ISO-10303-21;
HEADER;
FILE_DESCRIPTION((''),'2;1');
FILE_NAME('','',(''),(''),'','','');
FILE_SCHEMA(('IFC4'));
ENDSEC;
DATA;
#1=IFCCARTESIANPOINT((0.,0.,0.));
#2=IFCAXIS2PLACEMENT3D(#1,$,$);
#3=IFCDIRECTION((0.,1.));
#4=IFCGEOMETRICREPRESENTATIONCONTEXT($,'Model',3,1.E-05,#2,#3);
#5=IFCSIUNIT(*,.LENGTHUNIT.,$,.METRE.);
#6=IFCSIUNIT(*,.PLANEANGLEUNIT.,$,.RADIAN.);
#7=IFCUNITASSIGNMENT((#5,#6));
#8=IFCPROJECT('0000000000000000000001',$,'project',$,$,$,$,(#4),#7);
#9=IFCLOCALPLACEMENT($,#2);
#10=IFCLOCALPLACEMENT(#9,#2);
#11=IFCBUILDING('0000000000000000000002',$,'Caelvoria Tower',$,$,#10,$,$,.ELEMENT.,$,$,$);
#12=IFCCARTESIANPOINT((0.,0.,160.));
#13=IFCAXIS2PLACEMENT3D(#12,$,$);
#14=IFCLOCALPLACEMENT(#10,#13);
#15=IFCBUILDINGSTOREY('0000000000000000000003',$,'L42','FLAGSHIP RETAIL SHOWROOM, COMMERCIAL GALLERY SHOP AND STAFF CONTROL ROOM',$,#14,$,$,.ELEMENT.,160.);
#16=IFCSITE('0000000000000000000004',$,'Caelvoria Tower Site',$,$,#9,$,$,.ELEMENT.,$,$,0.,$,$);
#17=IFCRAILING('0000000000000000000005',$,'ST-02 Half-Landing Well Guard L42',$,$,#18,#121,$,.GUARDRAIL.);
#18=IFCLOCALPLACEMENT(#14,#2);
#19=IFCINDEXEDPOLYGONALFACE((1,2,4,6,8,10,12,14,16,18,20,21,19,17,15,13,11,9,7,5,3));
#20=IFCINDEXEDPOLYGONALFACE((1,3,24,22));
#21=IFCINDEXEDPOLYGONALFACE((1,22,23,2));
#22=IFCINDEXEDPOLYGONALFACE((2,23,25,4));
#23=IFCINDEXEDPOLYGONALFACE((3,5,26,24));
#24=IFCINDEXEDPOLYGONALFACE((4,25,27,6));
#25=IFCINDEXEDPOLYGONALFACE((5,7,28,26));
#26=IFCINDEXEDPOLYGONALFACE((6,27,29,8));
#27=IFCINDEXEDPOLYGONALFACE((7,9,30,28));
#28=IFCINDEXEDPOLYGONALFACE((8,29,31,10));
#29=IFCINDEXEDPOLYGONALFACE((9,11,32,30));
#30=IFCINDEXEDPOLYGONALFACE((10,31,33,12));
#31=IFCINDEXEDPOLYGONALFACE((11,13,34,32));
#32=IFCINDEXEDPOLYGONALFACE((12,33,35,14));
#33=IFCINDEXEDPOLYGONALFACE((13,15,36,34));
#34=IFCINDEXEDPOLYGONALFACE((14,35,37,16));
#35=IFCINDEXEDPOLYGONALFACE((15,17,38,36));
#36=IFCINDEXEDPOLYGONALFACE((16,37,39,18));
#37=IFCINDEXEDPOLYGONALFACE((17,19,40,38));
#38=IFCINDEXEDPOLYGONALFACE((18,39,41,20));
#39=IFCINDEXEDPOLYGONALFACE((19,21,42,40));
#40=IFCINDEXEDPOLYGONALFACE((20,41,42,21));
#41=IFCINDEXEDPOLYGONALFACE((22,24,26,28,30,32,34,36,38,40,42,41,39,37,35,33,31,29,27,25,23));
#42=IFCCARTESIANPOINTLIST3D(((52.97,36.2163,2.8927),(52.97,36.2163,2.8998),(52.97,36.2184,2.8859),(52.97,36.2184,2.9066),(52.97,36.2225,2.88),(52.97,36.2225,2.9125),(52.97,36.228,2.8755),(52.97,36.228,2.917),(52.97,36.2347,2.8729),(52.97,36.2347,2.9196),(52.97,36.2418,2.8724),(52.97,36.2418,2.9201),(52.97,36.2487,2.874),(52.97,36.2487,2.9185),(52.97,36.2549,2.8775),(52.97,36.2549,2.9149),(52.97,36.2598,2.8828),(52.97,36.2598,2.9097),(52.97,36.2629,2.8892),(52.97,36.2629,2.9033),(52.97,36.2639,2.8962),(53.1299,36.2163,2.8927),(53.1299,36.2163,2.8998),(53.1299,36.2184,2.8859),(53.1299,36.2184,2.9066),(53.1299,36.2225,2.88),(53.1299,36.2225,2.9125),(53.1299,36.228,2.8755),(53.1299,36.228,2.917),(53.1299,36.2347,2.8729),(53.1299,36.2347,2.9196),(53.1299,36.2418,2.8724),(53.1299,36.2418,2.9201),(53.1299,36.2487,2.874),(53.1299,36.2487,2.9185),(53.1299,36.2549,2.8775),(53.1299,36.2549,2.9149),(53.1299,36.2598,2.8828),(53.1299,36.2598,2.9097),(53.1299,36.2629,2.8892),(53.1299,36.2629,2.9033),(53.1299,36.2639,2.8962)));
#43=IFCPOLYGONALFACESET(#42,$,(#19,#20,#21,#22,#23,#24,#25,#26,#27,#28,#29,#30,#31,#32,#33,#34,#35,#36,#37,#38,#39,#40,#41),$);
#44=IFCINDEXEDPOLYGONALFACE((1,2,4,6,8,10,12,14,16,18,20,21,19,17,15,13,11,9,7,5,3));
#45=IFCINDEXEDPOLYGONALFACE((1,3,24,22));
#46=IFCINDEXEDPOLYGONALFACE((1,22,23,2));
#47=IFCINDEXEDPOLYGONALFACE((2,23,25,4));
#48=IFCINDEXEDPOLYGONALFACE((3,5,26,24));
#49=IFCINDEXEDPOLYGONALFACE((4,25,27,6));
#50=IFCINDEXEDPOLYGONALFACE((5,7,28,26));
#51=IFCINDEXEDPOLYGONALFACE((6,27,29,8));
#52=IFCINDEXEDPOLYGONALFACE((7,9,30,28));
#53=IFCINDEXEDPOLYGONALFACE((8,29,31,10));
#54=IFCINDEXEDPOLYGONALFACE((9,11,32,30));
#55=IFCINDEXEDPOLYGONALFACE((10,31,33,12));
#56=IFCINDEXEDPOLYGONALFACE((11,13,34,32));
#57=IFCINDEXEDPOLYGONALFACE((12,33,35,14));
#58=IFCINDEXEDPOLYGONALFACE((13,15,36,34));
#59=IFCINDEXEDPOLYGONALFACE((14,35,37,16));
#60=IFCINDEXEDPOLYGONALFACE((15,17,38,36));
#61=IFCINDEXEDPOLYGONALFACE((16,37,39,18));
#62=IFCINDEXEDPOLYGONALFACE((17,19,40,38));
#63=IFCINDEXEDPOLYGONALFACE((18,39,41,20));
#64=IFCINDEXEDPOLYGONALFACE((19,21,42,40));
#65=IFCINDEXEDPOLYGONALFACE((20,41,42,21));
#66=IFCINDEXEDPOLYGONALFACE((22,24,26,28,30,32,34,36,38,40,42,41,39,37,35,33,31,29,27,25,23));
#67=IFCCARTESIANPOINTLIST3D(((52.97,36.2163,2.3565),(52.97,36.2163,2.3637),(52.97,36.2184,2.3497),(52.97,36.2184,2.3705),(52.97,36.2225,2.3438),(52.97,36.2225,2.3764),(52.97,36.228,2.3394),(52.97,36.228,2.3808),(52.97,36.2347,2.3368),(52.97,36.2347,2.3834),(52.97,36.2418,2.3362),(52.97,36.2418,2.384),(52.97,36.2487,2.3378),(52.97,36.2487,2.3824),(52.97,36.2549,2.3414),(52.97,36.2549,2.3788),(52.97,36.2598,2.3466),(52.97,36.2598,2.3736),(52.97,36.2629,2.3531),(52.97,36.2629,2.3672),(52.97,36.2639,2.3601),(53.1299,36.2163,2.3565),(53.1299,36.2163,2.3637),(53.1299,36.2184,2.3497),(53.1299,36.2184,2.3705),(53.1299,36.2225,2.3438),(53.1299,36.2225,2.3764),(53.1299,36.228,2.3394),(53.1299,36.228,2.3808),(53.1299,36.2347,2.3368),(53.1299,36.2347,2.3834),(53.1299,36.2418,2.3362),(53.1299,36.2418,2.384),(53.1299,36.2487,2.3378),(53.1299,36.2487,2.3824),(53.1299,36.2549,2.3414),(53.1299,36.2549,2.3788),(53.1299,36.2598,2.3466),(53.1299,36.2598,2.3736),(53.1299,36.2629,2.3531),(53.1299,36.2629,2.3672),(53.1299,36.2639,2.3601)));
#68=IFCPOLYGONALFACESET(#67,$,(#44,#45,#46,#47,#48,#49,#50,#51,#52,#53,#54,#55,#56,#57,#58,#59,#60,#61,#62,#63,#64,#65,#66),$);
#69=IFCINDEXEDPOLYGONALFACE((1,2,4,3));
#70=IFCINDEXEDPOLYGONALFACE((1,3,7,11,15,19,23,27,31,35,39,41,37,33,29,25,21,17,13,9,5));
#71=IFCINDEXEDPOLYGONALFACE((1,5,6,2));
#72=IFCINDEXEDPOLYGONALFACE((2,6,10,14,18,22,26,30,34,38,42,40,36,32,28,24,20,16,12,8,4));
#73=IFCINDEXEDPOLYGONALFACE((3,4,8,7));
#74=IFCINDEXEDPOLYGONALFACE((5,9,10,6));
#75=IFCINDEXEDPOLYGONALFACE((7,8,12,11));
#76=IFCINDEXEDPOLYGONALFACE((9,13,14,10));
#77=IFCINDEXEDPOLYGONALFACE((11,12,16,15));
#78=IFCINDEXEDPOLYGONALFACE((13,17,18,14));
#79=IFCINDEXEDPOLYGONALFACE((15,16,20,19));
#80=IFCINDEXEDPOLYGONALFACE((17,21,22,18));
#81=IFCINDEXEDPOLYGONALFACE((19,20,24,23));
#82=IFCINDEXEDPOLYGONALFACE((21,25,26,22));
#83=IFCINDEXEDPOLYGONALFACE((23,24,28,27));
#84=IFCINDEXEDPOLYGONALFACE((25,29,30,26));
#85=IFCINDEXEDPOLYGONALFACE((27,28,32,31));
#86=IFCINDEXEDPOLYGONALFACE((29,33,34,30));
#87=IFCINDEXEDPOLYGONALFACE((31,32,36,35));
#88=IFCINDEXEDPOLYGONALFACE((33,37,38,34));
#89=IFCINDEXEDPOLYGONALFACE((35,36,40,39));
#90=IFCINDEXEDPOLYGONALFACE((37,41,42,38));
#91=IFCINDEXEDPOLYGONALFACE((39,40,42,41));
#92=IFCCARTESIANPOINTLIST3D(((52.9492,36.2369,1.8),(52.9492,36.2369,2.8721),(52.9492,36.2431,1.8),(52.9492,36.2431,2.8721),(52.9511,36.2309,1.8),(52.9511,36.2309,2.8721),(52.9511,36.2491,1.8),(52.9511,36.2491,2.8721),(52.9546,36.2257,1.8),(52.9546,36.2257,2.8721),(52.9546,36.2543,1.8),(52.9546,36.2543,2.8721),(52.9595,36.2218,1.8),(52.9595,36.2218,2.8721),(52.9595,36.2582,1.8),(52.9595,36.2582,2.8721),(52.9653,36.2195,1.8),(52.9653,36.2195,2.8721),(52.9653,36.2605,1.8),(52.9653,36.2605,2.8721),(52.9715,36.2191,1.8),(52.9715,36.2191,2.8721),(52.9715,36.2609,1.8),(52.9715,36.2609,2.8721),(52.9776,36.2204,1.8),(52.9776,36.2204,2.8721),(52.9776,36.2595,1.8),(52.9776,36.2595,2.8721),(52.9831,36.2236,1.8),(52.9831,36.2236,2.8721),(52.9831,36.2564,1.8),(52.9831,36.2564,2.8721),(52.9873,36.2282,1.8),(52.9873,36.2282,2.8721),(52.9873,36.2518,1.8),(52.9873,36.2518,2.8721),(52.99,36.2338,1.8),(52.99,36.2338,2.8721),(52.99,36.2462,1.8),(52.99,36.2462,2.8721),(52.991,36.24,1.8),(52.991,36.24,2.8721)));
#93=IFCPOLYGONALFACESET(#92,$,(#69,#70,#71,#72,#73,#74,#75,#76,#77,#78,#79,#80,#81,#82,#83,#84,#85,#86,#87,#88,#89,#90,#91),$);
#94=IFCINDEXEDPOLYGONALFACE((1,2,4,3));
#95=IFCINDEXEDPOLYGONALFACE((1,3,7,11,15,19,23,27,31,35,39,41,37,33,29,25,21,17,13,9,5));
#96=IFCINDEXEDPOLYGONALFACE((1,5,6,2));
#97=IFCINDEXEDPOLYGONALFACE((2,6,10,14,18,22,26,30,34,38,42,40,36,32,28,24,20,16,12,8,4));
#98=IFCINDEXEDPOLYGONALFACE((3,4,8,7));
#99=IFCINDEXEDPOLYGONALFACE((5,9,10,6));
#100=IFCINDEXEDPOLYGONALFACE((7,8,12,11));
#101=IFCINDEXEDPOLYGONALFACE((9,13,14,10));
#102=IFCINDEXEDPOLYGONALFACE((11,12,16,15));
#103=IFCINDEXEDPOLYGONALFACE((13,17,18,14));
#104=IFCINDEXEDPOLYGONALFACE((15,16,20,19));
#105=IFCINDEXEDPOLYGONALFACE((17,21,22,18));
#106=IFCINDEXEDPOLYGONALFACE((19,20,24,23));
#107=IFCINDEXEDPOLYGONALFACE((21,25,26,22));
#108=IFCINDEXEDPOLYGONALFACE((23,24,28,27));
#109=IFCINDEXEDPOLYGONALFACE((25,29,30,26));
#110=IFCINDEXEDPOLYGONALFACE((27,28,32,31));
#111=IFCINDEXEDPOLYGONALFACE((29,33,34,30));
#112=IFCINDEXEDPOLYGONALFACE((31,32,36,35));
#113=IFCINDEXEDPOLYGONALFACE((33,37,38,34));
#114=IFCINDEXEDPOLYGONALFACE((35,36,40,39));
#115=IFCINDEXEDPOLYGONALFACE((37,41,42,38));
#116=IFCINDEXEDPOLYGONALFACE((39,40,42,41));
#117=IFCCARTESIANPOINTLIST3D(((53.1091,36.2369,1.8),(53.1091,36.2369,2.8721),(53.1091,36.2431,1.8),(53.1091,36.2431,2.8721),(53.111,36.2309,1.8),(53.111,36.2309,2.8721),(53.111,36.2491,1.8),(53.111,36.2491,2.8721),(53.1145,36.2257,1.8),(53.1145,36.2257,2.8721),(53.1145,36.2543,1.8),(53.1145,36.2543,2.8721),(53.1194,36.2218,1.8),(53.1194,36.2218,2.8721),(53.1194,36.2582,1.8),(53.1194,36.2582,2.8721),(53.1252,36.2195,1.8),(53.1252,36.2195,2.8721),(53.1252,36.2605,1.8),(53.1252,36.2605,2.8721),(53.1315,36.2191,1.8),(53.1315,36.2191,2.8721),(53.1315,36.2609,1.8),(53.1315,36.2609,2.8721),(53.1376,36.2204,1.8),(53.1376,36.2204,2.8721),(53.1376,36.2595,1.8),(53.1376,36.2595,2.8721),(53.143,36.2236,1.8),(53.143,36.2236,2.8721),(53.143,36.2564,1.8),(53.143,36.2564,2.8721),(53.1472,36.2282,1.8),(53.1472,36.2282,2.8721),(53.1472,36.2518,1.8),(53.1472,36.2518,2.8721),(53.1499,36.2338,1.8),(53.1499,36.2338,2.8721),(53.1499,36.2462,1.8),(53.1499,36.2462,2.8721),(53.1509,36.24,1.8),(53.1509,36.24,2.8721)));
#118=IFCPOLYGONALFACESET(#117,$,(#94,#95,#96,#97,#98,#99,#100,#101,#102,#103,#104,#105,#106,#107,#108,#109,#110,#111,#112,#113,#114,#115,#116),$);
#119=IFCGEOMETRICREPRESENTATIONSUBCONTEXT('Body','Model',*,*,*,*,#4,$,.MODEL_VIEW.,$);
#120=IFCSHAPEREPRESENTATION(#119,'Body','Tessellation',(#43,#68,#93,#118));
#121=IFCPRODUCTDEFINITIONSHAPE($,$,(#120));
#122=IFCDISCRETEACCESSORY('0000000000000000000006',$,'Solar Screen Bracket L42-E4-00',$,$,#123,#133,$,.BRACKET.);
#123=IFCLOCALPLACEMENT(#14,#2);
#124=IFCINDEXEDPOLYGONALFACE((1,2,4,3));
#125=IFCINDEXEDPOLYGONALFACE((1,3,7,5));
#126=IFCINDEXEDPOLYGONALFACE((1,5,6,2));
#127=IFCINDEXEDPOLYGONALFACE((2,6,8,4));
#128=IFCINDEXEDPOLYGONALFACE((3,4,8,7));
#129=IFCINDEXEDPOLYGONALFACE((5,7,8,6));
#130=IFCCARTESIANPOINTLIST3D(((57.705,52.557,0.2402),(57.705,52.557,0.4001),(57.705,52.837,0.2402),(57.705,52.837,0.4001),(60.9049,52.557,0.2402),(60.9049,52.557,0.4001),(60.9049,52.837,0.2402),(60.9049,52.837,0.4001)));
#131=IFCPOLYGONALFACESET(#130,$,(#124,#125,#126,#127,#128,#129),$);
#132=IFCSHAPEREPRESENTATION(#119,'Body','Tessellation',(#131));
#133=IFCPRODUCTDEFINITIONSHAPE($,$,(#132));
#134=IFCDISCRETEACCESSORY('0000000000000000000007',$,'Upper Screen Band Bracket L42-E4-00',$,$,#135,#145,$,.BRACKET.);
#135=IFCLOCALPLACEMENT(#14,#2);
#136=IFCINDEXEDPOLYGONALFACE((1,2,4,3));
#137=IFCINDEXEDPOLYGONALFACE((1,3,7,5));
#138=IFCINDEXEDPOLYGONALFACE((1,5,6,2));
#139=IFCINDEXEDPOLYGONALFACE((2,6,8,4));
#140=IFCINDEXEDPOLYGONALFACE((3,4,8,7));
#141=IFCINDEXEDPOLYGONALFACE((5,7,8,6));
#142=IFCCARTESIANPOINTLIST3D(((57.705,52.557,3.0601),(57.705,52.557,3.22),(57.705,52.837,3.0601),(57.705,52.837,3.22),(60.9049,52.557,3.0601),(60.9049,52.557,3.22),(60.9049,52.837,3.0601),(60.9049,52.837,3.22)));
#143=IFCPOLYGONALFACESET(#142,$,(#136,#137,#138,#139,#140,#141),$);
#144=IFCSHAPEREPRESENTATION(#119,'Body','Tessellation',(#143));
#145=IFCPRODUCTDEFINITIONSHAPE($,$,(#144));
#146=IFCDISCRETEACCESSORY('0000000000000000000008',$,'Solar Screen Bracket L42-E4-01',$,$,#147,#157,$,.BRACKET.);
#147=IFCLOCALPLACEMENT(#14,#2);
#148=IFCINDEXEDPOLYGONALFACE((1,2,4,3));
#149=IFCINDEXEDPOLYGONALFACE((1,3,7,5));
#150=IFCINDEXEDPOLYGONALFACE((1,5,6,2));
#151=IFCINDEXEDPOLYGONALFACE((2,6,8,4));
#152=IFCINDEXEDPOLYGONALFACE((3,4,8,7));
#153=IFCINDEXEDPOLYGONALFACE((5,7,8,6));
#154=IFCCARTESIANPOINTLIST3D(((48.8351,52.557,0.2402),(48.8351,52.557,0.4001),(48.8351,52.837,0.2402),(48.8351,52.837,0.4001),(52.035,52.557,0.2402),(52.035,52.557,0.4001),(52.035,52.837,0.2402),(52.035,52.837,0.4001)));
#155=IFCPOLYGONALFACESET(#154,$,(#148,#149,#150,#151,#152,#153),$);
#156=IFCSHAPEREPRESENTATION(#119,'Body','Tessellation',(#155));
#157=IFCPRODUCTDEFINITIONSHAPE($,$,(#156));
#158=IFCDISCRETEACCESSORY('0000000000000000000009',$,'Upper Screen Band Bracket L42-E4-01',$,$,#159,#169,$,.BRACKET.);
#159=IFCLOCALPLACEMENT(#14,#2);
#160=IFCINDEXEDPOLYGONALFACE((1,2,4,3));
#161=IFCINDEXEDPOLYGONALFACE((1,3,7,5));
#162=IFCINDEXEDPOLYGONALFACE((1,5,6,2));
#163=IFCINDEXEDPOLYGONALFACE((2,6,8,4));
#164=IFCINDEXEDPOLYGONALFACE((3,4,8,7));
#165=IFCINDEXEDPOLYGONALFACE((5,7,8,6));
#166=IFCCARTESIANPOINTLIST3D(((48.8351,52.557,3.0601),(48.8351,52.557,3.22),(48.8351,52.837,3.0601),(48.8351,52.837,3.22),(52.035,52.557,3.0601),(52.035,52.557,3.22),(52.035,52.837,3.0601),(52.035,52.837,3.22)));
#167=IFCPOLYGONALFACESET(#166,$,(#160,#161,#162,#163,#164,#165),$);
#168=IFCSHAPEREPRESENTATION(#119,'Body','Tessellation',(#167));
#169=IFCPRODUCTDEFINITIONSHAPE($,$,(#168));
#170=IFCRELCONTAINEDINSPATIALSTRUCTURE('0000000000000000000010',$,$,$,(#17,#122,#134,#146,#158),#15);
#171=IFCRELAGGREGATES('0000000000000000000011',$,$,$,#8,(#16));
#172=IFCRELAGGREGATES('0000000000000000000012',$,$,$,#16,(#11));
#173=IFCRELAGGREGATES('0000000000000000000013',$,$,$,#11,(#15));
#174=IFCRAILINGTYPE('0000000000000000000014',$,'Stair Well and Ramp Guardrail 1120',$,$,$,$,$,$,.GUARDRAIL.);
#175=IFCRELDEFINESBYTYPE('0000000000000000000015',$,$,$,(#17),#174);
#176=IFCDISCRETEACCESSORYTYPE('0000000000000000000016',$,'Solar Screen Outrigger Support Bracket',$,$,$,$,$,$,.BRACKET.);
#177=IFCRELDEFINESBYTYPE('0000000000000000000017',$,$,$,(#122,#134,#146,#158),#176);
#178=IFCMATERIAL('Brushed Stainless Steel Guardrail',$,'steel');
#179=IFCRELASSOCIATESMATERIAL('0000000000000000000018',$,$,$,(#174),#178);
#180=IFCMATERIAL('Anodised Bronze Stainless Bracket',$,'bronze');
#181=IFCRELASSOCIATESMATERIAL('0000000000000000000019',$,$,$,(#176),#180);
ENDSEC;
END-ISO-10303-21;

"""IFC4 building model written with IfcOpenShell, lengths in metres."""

from ifc_helpers import new_model, si_unit, direction, frame, origin, origin_2d, place, context, subcontext, project, spatial, rectangle, circle, extrude, material, type_object, element, save


model = new_model("IFC4")

# Units and contexts
model_context = context("Model", 3, precision=1e-05, world=origin(), true_north=direction((0.0, 1.0)))
body_context = subcontext(model_context, "Body", "Model", "MODEL_VIEW")
ifc_project = project(units=[si_unit("LENGTHUNIT", "METRE"), si_unit("PLANEANGLEUNIT", "RADIAN")], contexts=[model_context])

# Site, building, storey
site_placement = place(None, origin())
site = spatial("IfcSite", under=ifc_project, at=site_placement, Name="Caelvoria Tower Site", CompositionType="ELEMENT", RefElevation=0.0)
building_placement = place(site_placement, origin())
building = spatial("IfcBuilding", under=site, at=building_placement, Name="Caelvoria Tower", CompositionType="ELEMENT")
storey_placement = place(building_placement, frame((0.0, 0.0, 160.0)))
storey = spatial("IfcBuildingStorey", under=building, at=storey_placement, Name="L42", Description="FLAGSHIP RETAIL SHOWROOM, COMMERCIAL GALLERY SHOP AND STAFF CONTROL ROOM", CompositionType="ELEMENT", Elevation=160.0)

# Railing
ifc_material_1 = material(Name="Brushed Stainless Steel Guardrail", Category="steel")
railing_type_1 = type_object("IfcRailingType", Name="Stair Well and Ramp Guardrail 1120", PredefinedType="GUARDRAIL", material=ifc_material_1)
railing_1_placement = place(storey_placement, frame((52.97, 36.24, 1.8)))
element("IfcRailing", 1, at=railing_1_placement, inside=storey, type_object=railing_type_1, Name="ST-02 Half-Landing Well Guard L42", PredefinedType="GUARDRAIL", context=body_context, shape_type="SweptSolid", body=[
    extrude(circle(Radius=0.0239, at=origin_2d()), frame((0.0, 0.0, 1.0962), z_axis=(1.0, 0.0, 0.0), x_axis=(0.0, 1.0, 0.0)), (0.0, 0.0, 1.0), 0.1599),
    extrude(circle(Radius=0.0239, at=origin_2d()), frame((0.0, 0.0, 0.5601), z_axis=(1.0, 0.0, 0.0), x_axis=(0.0, 1.0, 0.0)), (0.0, 0.0, 1.0), 0.1599),
    extrude(circle(Radius=0.021, at=origin_2d()), origin(), (0.0, 0.0, 1.0), 1.072),
    extrude(circle(Radius=0.021, at=origin_2d()), frame((0.1599, 0.0, 0.0)), (0.0, 0.0, 1.0), 1.072),
])

# Discrete accessories
ifc_material_2 = material(Name="Anodised Bronze Stainless Bracket", Category="bronze")
discrete_accessory_type = type_object("IfcDiscreteAccessoryType", Name="Solar Screen Outrigger Support Bracket", PredefinedType="BRACKET", material=ifc_material_2)
for number, where, z_axis, x_axis, name in (
    (2, (59.3049, 52.697, 0.2402), (0.0, 0.0, 1.0), (-1.0, 0.0, 0.0), "Solar Screen Bracket L42-E4-00"),
    (3, (59.3049, 52.697, 3.0601), (0.0, 0.0, 1.0), (-1.0, 0.0, 0.0), "Upper Screen Band Bracket L42-E4-00"),
    (4, (50.4351, 52.697, 0.2402), (0.0, 0.0, 1.0), (-1.0, 0.0, 0.0), "Solar Screen Bracket L42-E4-01"),
    (5, (50.4351, 52.697, 3.0601), (0.0, 0.0, 1.0), (-1.0, 0.0, 0.0), "Upper Screen Band Bracket L42-E4-01"),
):
    element("IfcDiscreteAccessory", number, at=place(storey_placement, frame(where, z_axis=z_axis, x_axis=x_axis)), inside=storey, type_object=discrete_accessory_type, Name=name, PredefinedType="BRACKET", context=body_context, shape_type="SweptSolid", body=[
        extrude(rectangle(XDim=3.2, YDim=0.28, at=origin_2d()), origin(), (0.0, 0.0, 1.0), 0.1599),
    ])

save(model, "model.ifc")
